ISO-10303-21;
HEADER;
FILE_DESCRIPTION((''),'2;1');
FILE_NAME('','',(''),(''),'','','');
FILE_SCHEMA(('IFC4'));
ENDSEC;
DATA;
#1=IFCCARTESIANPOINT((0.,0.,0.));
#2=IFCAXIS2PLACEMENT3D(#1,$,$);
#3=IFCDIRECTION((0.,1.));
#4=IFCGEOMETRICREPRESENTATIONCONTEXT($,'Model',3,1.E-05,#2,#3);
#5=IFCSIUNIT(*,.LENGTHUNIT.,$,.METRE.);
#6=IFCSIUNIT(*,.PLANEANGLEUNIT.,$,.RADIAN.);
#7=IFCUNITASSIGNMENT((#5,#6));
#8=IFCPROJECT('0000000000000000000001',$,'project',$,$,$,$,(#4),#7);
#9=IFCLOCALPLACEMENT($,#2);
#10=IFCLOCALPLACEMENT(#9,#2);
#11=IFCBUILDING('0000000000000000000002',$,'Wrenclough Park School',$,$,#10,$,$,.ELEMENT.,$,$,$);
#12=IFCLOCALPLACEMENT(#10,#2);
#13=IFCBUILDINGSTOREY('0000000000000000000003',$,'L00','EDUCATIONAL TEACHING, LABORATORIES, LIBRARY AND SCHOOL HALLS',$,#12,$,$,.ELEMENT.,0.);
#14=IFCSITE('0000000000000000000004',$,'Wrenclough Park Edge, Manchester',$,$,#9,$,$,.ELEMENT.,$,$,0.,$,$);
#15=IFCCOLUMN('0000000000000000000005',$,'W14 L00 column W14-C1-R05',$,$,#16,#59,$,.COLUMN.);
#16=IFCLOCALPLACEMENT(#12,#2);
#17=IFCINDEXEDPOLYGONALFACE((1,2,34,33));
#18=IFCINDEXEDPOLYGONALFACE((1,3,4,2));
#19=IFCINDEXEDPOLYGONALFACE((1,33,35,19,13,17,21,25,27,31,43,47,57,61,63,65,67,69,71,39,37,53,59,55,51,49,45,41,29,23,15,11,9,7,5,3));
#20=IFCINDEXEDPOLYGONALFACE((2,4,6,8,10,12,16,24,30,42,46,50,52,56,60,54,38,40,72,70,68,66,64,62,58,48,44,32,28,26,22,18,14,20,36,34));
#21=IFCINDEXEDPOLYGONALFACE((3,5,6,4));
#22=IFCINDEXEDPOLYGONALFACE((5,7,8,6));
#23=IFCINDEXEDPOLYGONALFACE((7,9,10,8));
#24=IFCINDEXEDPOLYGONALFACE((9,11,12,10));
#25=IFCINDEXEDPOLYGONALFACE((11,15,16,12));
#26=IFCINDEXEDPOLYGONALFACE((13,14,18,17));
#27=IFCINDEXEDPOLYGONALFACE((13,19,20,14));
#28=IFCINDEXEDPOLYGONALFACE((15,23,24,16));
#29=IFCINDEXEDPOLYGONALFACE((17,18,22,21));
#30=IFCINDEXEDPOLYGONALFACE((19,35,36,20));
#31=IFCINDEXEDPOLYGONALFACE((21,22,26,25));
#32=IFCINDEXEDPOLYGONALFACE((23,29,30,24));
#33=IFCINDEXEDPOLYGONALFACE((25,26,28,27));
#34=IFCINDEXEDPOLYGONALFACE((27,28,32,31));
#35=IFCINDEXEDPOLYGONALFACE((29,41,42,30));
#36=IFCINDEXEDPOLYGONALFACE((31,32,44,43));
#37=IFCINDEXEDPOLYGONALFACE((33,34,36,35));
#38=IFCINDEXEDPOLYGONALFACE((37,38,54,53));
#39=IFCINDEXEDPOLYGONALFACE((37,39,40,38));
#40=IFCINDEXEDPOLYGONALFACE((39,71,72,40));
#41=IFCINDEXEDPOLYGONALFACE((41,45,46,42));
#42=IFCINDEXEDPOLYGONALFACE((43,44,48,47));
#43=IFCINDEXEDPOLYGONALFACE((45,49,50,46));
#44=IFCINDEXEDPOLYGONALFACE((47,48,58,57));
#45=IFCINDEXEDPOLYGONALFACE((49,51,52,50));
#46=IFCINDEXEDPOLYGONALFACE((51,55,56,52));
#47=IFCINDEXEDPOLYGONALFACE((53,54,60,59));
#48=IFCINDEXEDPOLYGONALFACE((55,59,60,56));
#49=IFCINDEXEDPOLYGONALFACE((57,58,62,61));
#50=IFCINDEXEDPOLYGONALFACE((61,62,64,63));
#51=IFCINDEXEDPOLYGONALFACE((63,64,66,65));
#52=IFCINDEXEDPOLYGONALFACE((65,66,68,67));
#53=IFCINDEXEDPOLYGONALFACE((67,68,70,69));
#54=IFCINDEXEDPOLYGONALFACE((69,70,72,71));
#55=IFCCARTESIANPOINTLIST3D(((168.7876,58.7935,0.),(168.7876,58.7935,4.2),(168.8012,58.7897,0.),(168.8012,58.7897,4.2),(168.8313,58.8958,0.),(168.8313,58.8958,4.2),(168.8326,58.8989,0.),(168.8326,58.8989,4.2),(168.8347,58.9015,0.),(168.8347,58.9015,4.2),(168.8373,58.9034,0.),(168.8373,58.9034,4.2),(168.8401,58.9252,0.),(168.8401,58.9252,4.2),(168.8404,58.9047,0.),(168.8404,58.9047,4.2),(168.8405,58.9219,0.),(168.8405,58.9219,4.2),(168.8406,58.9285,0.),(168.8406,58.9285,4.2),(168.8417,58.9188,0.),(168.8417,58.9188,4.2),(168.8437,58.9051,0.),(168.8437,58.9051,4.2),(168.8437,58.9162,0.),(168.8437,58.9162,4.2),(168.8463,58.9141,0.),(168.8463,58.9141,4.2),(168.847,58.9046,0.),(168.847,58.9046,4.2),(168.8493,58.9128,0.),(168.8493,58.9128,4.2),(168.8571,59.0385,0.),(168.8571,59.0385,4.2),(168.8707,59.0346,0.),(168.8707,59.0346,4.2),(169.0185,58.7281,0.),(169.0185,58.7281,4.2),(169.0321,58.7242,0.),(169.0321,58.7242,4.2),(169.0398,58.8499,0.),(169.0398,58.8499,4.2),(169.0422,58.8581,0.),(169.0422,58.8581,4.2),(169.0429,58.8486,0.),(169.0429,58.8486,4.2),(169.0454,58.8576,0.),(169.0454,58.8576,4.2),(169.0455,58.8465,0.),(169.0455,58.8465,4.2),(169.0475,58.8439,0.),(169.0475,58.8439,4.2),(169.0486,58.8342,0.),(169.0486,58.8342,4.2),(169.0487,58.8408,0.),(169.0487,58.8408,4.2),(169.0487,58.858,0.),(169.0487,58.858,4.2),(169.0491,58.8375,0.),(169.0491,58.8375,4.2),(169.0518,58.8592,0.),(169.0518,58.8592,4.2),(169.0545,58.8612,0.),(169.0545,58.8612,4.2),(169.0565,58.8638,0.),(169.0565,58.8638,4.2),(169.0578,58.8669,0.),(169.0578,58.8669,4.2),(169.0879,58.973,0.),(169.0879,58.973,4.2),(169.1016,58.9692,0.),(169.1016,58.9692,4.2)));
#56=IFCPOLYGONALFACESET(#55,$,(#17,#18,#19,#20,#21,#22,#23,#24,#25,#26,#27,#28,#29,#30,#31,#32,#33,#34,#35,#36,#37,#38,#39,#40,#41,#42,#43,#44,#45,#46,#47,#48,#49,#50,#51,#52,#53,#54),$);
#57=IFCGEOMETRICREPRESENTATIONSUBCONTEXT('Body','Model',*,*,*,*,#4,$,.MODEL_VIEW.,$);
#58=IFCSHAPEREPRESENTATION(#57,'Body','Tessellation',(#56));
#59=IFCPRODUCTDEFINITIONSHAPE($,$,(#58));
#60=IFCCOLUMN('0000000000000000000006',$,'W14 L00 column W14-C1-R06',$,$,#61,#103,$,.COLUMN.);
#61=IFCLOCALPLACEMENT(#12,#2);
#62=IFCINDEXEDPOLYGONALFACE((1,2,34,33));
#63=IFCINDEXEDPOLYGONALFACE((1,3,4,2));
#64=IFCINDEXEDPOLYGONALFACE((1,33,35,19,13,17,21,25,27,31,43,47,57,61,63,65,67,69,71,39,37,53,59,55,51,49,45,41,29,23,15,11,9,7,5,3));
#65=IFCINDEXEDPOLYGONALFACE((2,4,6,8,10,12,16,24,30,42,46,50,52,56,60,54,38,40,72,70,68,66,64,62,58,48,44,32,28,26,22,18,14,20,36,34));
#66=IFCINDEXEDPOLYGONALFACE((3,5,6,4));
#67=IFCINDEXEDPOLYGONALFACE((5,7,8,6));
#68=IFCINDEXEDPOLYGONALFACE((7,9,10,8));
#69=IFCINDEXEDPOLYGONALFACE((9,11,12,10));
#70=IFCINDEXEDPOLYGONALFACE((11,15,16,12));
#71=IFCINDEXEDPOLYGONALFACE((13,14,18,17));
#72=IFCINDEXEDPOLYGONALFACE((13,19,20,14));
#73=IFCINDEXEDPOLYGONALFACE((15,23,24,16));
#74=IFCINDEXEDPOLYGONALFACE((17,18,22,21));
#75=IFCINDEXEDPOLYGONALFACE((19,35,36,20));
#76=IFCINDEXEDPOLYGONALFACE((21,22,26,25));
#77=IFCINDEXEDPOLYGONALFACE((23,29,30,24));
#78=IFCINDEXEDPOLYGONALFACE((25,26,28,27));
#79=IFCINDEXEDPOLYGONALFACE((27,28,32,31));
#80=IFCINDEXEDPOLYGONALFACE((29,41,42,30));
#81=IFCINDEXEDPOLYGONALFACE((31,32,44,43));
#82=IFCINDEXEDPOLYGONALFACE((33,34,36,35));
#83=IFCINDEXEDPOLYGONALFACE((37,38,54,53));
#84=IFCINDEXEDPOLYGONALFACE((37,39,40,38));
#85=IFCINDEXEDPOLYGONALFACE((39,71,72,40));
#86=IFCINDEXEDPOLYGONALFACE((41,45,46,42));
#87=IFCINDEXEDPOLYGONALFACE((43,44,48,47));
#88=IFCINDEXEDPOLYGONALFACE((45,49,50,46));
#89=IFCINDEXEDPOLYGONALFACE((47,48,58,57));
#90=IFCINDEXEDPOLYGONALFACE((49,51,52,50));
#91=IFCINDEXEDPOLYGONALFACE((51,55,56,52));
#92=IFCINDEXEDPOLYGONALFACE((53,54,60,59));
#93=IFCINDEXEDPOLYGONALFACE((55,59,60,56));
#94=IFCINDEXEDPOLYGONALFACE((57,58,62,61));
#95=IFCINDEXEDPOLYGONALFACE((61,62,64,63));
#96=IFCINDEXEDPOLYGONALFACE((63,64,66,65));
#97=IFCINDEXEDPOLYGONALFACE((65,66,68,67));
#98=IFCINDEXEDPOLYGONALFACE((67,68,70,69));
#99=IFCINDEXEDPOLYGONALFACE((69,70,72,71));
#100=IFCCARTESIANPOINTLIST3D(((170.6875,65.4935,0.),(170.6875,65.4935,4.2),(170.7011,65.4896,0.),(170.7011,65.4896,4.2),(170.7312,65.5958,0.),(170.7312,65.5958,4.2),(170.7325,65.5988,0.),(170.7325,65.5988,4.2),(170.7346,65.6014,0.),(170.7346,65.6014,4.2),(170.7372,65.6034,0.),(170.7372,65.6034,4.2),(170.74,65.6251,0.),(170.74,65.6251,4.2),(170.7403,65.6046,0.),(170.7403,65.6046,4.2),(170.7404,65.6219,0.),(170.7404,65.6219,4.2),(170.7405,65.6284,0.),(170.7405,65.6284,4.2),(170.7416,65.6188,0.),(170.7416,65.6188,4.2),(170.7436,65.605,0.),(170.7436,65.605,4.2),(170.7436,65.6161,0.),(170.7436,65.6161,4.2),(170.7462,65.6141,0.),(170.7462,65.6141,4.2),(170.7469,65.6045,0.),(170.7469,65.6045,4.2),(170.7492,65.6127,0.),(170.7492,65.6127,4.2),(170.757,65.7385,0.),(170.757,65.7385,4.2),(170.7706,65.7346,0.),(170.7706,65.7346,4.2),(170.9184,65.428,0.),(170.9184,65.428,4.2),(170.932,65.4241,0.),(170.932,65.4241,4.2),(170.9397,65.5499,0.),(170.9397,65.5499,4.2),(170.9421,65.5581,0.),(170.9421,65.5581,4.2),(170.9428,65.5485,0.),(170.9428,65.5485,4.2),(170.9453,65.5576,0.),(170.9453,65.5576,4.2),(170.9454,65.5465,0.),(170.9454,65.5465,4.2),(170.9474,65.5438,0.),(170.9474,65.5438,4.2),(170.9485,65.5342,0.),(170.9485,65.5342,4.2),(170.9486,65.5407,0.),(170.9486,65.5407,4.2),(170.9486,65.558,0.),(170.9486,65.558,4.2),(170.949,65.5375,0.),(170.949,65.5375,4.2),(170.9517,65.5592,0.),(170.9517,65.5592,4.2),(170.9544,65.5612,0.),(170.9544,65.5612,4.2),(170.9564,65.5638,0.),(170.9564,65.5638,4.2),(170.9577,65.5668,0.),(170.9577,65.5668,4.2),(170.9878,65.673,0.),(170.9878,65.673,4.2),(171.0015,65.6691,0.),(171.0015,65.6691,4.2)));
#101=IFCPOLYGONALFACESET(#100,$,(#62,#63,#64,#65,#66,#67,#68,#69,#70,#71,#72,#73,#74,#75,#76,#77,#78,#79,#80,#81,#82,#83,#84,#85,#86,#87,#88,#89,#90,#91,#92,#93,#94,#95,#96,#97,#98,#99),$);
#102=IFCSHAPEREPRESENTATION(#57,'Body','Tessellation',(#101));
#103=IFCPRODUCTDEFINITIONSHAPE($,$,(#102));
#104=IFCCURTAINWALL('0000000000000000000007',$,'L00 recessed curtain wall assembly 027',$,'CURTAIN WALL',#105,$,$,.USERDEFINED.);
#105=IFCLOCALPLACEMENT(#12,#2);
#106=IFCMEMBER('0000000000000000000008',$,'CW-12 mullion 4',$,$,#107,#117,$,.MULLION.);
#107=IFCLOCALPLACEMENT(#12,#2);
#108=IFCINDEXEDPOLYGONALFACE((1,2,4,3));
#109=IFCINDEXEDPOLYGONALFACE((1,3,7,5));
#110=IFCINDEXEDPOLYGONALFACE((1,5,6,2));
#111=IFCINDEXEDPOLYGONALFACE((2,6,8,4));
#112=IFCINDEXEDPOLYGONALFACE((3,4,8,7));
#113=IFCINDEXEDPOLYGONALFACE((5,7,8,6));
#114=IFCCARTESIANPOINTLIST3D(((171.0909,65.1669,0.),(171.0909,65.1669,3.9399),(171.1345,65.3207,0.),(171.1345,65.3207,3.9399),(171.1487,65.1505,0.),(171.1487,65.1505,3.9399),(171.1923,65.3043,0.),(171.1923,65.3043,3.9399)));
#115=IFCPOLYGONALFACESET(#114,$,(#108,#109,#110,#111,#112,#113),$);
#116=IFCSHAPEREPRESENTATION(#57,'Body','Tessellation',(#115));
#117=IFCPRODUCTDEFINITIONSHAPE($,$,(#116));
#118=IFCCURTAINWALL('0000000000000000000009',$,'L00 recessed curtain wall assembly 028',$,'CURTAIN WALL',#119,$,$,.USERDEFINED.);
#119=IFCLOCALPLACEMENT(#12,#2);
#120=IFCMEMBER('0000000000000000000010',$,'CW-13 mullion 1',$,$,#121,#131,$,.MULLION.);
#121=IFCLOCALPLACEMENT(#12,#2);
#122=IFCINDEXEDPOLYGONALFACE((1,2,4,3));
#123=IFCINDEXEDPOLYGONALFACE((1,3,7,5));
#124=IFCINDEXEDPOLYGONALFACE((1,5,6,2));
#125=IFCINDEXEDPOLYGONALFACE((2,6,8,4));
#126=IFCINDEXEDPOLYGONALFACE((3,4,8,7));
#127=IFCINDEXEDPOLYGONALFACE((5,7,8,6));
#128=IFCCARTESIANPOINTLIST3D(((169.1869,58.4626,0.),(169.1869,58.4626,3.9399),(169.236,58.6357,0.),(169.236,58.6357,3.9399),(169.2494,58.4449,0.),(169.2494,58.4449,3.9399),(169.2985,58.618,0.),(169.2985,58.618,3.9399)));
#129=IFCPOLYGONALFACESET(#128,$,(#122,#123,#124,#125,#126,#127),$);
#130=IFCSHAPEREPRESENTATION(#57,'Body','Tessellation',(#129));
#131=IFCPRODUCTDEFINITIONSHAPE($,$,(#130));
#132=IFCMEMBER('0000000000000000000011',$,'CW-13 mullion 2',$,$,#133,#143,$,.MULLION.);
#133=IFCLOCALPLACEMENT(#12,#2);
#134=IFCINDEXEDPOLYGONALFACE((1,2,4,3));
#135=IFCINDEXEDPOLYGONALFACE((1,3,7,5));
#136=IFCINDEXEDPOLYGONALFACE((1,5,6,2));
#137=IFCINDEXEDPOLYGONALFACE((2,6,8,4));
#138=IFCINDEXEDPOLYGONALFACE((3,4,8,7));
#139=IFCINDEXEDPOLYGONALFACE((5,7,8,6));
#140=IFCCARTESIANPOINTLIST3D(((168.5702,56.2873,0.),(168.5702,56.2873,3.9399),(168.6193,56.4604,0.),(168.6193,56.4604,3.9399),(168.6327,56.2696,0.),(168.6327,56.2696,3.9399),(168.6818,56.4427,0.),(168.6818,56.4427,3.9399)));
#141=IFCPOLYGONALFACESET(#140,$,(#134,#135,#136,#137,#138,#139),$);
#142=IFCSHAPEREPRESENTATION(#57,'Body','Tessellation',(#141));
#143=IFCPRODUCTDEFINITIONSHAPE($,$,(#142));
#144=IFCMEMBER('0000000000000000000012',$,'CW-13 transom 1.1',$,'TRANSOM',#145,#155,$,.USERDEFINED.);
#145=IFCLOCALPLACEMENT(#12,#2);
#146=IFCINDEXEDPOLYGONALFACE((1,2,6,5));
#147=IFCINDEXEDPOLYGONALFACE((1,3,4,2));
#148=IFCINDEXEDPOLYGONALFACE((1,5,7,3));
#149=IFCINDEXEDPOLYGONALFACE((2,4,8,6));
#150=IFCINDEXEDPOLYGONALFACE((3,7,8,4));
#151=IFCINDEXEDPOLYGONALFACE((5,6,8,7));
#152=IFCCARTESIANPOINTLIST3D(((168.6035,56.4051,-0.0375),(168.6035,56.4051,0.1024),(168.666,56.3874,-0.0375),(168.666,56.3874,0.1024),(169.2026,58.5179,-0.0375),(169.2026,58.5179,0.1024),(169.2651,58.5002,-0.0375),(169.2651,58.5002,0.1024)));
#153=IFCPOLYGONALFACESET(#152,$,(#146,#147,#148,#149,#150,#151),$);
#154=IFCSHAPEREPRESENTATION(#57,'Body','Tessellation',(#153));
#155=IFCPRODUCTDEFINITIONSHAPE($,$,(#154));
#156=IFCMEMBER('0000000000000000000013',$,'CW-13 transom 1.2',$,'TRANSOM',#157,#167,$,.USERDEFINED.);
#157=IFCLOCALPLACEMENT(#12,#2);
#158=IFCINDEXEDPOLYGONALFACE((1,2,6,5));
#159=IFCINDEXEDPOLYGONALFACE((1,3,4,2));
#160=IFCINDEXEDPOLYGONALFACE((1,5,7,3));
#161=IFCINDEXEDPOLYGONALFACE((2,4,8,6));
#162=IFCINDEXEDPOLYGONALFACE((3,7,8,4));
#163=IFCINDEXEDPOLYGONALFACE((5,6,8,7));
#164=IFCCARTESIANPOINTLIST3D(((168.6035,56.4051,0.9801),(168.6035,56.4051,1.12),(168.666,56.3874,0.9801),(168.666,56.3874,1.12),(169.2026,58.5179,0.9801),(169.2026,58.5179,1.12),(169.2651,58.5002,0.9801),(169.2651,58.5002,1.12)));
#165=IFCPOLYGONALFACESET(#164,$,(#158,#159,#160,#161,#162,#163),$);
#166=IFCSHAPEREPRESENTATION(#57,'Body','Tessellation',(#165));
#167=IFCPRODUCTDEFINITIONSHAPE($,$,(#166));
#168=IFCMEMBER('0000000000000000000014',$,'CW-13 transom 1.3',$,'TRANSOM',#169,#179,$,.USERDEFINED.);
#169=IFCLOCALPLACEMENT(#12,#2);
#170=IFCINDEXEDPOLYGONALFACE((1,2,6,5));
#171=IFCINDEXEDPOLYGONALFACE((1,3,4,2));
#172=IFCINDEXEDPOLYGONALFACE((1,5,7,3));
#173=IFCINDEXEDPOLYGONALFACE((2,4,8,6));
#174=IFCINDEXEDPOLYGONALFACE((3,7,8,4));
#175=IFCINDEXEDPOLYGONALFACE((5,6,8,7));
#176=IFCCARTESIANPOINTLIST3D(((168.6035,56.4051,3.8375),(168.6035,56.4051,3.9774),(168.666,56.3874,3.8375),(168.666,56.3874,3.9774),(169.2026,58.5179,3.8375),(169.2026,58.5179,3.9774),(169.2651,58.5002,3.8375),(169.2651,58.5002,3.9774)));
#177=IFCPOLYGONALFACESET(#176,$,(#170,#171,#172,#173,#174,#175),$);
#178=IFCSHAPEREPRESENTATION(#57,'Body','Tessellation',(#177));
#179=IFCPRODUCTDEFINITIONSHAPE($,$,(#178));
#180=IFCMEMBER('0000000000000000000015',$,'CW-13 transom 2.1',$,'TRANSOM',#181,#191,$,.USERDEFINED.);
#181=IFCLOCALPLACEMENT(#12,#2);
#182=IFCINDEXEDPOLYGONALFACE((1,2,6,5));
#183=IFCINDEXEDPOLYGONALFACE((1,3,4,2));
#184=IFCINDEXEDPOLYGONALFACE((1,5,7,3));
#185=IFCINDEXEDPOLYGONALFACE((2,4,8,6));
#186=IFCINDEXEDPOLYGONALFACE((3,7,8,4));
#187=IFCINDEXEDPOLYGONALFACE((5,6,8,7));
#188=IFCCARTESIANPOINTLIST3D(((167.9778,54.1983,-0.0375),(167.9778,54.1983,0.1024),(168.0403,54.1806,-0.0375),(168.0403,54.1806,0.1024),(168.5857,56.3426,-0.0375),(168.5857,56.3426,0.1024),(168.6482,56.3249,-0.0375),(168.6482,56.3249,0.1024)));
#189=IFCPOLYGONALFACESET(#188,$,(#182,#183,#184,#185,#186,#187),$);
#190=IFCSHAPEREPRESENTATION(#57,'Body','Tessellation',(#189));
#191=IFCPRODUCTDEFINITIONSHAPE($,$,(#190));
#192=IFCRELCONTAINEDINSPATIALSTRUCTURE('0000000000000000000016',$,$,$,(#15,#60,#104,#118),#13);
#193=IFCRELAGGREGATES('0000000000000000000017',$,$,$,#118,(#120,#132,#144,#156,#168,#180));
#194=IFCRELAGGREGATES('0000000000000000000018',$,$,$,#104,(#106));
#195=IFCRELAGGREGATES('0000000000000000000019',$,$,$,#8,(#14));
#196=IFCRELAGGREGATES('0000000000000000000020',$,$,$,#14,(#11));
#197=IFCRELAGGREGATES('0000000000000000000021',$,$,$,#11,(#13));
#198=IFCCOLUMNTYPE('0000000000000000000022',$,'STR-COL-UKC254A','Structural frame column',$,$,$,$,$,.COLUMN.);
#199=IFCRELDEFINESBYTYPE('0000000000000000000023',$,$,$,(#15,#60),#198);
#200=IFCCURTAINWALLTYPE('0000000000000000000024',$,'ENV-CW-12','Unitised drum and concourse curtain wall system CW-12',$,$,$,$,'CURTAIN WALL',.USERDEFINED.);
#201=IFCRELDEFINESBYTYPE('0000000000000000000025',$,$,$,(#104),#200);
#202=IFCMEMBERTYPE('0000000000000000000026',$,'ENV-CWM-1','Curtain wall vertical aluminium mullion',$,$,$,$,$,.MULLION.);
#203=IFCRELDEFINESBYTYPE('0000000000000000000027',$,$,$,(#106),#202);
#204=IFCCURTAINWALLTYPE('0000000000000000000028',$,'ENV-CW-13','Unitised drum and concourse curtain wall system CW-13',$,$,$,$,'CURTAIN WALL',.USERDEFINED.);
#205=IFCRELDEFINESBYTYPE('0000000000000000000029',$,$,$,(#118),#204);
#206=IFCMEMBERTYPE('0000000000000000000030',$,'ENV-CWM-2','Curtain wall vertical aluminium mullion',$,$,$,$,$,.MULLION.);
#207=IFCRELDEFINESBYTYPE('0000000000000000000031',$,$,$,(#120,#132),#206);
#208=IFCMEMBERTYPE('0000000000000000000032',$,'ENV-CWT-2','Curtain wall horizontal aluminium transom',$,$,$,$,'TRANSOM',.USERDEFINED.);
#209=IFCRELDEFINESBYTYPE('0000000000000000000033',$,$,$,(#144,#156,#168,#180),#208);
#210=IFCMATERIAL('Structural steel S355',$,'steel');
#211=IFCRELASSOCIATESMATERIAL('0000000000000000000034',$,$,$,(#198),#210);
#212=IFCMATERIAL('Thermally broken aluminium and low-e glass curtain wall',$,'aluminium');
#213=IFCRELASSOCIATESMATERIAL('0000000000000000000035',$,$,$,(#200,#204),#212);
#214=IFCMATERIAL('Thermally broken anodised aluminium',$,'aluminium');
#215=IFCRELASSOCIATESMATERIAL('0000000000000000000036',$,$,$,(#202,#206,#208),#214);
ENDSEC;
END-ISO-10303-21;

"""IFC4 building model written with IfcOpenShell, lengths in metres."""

from ifc_helpers import new_model, si_unit, direction, frame, origin, origin_2d, place, context, subcontext, project, spatial, rectangle, i_section, extrude, material, material_profile, profile_set, type_object, element, aggregate, save


model = new_model("IFC4")

# Units and contexts
model_context = context("Model", 3, precision=1e-05, world=origin(), true_north=direction((0.0, 1.0)))
body_context = subcontext(model_context, "Body", "Model", "MODEL_VIEW")
ifc_project = project(units=[si_unit("LENGTHUNIT", "METRE"), si_unit("PLANEANGLEUNIT", "RADIAN")], contexts=[model_context])

# Site, building, storey
site_placement = place(None, origin())
site = spatial("IfcSite", under=ifc_project, at=site_placement, Name="Wrenclough Park Edge, Manchester", CompositionType="ELEMENT", RefElevation=0.0)
building_placement = place(site_placement, origin())
building = spatial("IfcBuilding", under=site, at=building_placement, Name="Wrenclough Park School", CompositionType="ELEMENT")
storey_placement = place(building_placement, origin())
storey = spatial("IfcBuildingStorey", under=building, at=storey_placement, Name="L00", Description="EDUCATIONAL TEACHING, LABORATORIES, LIBRARY AND SCHOOL HALLS", CompositionType="ELEMENT", Elevation=0.0)

# Columns
ifc_material_1 = material(Name="Structural steel S355", Category="steel")
ifc_material_profile_1 = material_profile(ifc_material_1, i_section(OverallWidth=0.2546, OverallDepth=0.2542, WebThickness=0.0085, FlangeThickness=0.0142, FilletRadius=0.0127, at=origin_2d()), Name="UKC 254x254x73")
ifc_profile_set_1 = profile_set([ifc_material_profile_1], Name="Structural steel S355")
column_type = type_object("IfcColumnType", Name="STR-COL-UKC254A", Description="Structural frame column", PredefinedType="COLUMN", material=ifc_profile_set_1)
for number, where, z_axis, x_axis, name in (
    (1, (168.9446, 58.8813, 0.0), (0.0, 0.0, 1.0), (0.272784, 0.962075, 0.0), "W14 L00 column W14-C1-R05"),
    (2, (170.8445, 65.5813, 0.0), (0.0, 0.0, 1.0), (0.272784, 0.962075, 0.0), "W14 L00 column W14-C1-R06"),
):
    element("IfcColumn", number, at=place(storey_placement, frame(where, z_axis=z_axis, x_axis=x_axis)), inside=storey, type_object=column_type, Name=name, PredefinedType="COLUMN", context=body_context, shape_type="SweptSolid", body=[
        extrude(i_section(OverallWidth=0.2546, OverallDepth=0.2542, WebThickness=0.0085, FlangeThickness=0.0142, FilletRadius=0.0127, at=origin_2d()), origin(), (0.0, 0.0, 1.0), 4.2),
    ])

# Curtain wall, member
ifc_material_2 = material(Name="Thermally broken aluminium and low-e glass curtain wall", Category="aluminium")
curtain_wall_type_1 = type_object("IfcCurtainWallType", Name="ENV-CW-12", Description="Unitised drum and concourse curtain wall system CW-12", ElementType="CURTAIN WALL", PredefinedType="USERDEFINED", material=ifc_material_2)
curtain_wall_1_placement = place(storey_placement, origin())
curtain_wall_1 = element("IfcCurtainWall", 3, at=curtain_wall_1_placement, inside=storey, type_object=curtain_wall_type_1, Name="L00 recessed curtain wall assembly 027", ObjectType="CURTAIN WALL", PredefinedType="USERDEFINED")
ifc_material_3 = material(Name="Thermally broken anodised aluminium", Category="aluminium")
ifc_material_profile_2 = material_profile(ifc_material_3, rectangle(XDim=0.0601, YDim=0.1599, at=origin_2d()), Name="AL MULLION 60x160")
ifc_profile_set_2 = profile_set([ifc_material_profile_2], Name="Thermally broken anodised aluminium")
member_type_1 = type_object("IfcMemberType", Name="ENV-CWM-1", Description="Curtain wall vertical aluminium mullion", PredefinedType="MULLION", material=ifc_profile_set_2)
member_1_placement = place(storey_placement, frame((171.1416, 65.2356, 0.0), z_axis=(0.0, 0.0, 1.0), x_axis=(0.962068, -0.272809, 0.0)))
member_1 = element("IfcMember", 4, at=member_1_placement, type_object=member_type_1, Name="CW-12 mullion 4", PredefinedType="MULLION", context=body_context, shape_type="SweptSolid", body=[
    extrude(rectangle(XDim=0.0601, YDim=0.1599, at=origin_2d()), origin(), (0.0, 0.0, 1.0), 3.9399),
])

# Curtain wall, members
curtain_wall_type_2 = type_object("IfcCurtainWallType", Name="ENV-CW-13", Description="Unitised drum and concourse curtain wall system CW-13", ElementType="CURTAIN WALL", PredefinedType="USERDEFINED", material=ifc_material_2)
curtain_wall_2_placement = place(storey_placement, origin())
curtain_wall_2 = element("IfcCurtainWall", 5, at=curtain_wall_2_placement, inside=storey, type_object=curtain_wall_type_2, Name="L00 recessed curtain wall assembly 028", ObjectType="CURTAIN WALL", PredefinedType="USERDEFINED")
ifc_material_profile_3 = material_profile(ifc_material_3, rectangle(XDim=0.0649, YDim=0.1799, at=origin_2d()), Name="AL MULLION 65x180")
ifc_profile_set_3 = profile_set([ifc_material_profile_3], Name="Thermally broken anodised aluminium")
member_type_2 = type_object("IfcMemberType", Name="ENV-CWM-2", Description="Curtain wall vertical aluminium mullion", PredefinedType="MULLION", material=ifc_profile_set_3)
member_2_placement = place(storey_placement, frame((169.2427, 58.5403, 0.0), z_axis=(0.0, 0.0, 1.0), x_axis=(0.962068, -0.272809, 0.0)))
member_2 = element("IfcMember", 6, at=member_2_placement, type_object=member_type_2, Name="CW-13 mullion 1", PredefinedType="MULLION", context=body_context, shape_type="SweptSolid", body=[
    extrude(rectangle(XDim=0.0649, YDim=0.1799, at=origin_2d()), origin(), (0.0, 0.0, 1.0), 3.9399),
])
member_3_placement = place(storey_placement, frame((168.626, 56.365, 0.0), z_axis=(0.0, 0.0, 1.0), x_axis=(0.962068, -0.272809, 0.0)))
member_3 = element("IfcMember", 7, at=member_3_placement, type_object=member_type_2, Name="CW-13 mullion 2", PredefinedType="MULLION", context=body_context, shape_type="SweptSolid", body=[
    extrude(rectangle(XDim=0.0649, YDim=0.1799, at=origin_2d()), origin(), (0.0, 0.0, 1.0), 3.9399),
])
ifc_material_profile_4 = material_profile(ifc_material_3, rectangle(XDim=0.0649, YDim=0.1399, at=origin_2d()), Name="AL TRANSOM 65x140")
ifc_profile_set_4 = profile_set([ifc_material_profile_4], Name="Thermally broken anodised aluminium")
member_type_3 = type_object("IfcMemberType", Name="ENV-CWT-2", Description="Curtain wall horizontal aluminium transom", ElementType="TRANSOM", PredefinedType="USERDEFINED", material=ifc_profile_set_4)
member_4_placement = place(storey_placement, frame((169.2339, 58.509, 0.0325), z_axis=(-0.272812, -0.962067, 0.0), x_axis=(0.962067, -0.272812, 0.0)))
member_4 = element("IfcMember", 8, at=member_4_placement, type_object=member_type_3, Name="CW-13 transom 1.1", ObjectType="TRANSOM", PredefinedType="USERDEFINED", context=body_context, shape_type="SweptSolid", body=[
    extrude(rectangle(XDim=0.0649, YDim=0.1399, at=origin_2d()), origin(), (0.0, 0.0, 1.0), 2.196),
])
member_5_placement = place(storey_placement, frame((169.2339, 58.509, 1.05), z_axis=(-0.272812, -0.962067, 0.0), x_axis=(0.962067, -0.272812, 0.0)))
member_5 = element("IfcMember", 9, at=member_5_placement, type_object=member_type_3, Name="CW-13 transom 1.2", ObjectType="TRANSOM", PredefinedType="USERDEFINED", context=body_context, shape_type="SweptSolid", body=[
    extrude(rectangle(XDim=0.0649, YDim=0.1399, at=origin_2d()), origin(), (0.0, 0.0, 1.0), 2.196),
])
member_6_placement = place(storey_placement, frame((169.2339, 58.509, 3.9075), z_axis=(-0.272812, -0.962067, 0.0), x_axis=(0.962067, -0.272812, 0.0)))
member_6 = element("IfcMember", 10, at=member_6_placement, type_object=member_type_3, Name="CW-13 transom 1.3", ObjectType="TRANSOM", PredefinedType="USERDEFINED", context=body_context, shape_type="SweptSolid", body=[
    extrude(rectangle(XDim=0.0649, YDim=0.1399, at=origin_2d()), origin(), (0.0, 0.0, 1.0), 2.196),
])
member_7_placement = place(storey_placement, frame((168.6169, 56.3337, 0.0325), z_axis=(-0.272753, -0.962084, 0.0), x_axis=(0.962084, -0.272753, 0.0)))
member_7 = element("IfcMember", 11, at=member_7_placement, type_object=member_type_3, Name="CW-13 transom 2.1", ObjectType="TRANSOM", PredefinedType="USERDEFINED", context=body_context, shape_type="SweptSolid", body=[
    extrude(rectangle(XDim=0.0649, YDim=0.1399, at=origin_2d()), origin(), (0.0, 0.0, 1.0), 2.2288),
])

aggregate(curtain_wall_2, [member_2, member_3, member_4, member_5, member_6, member_7])
aggregate(curtain_wall_1, [member_1])

save(model, "model.ifc")
